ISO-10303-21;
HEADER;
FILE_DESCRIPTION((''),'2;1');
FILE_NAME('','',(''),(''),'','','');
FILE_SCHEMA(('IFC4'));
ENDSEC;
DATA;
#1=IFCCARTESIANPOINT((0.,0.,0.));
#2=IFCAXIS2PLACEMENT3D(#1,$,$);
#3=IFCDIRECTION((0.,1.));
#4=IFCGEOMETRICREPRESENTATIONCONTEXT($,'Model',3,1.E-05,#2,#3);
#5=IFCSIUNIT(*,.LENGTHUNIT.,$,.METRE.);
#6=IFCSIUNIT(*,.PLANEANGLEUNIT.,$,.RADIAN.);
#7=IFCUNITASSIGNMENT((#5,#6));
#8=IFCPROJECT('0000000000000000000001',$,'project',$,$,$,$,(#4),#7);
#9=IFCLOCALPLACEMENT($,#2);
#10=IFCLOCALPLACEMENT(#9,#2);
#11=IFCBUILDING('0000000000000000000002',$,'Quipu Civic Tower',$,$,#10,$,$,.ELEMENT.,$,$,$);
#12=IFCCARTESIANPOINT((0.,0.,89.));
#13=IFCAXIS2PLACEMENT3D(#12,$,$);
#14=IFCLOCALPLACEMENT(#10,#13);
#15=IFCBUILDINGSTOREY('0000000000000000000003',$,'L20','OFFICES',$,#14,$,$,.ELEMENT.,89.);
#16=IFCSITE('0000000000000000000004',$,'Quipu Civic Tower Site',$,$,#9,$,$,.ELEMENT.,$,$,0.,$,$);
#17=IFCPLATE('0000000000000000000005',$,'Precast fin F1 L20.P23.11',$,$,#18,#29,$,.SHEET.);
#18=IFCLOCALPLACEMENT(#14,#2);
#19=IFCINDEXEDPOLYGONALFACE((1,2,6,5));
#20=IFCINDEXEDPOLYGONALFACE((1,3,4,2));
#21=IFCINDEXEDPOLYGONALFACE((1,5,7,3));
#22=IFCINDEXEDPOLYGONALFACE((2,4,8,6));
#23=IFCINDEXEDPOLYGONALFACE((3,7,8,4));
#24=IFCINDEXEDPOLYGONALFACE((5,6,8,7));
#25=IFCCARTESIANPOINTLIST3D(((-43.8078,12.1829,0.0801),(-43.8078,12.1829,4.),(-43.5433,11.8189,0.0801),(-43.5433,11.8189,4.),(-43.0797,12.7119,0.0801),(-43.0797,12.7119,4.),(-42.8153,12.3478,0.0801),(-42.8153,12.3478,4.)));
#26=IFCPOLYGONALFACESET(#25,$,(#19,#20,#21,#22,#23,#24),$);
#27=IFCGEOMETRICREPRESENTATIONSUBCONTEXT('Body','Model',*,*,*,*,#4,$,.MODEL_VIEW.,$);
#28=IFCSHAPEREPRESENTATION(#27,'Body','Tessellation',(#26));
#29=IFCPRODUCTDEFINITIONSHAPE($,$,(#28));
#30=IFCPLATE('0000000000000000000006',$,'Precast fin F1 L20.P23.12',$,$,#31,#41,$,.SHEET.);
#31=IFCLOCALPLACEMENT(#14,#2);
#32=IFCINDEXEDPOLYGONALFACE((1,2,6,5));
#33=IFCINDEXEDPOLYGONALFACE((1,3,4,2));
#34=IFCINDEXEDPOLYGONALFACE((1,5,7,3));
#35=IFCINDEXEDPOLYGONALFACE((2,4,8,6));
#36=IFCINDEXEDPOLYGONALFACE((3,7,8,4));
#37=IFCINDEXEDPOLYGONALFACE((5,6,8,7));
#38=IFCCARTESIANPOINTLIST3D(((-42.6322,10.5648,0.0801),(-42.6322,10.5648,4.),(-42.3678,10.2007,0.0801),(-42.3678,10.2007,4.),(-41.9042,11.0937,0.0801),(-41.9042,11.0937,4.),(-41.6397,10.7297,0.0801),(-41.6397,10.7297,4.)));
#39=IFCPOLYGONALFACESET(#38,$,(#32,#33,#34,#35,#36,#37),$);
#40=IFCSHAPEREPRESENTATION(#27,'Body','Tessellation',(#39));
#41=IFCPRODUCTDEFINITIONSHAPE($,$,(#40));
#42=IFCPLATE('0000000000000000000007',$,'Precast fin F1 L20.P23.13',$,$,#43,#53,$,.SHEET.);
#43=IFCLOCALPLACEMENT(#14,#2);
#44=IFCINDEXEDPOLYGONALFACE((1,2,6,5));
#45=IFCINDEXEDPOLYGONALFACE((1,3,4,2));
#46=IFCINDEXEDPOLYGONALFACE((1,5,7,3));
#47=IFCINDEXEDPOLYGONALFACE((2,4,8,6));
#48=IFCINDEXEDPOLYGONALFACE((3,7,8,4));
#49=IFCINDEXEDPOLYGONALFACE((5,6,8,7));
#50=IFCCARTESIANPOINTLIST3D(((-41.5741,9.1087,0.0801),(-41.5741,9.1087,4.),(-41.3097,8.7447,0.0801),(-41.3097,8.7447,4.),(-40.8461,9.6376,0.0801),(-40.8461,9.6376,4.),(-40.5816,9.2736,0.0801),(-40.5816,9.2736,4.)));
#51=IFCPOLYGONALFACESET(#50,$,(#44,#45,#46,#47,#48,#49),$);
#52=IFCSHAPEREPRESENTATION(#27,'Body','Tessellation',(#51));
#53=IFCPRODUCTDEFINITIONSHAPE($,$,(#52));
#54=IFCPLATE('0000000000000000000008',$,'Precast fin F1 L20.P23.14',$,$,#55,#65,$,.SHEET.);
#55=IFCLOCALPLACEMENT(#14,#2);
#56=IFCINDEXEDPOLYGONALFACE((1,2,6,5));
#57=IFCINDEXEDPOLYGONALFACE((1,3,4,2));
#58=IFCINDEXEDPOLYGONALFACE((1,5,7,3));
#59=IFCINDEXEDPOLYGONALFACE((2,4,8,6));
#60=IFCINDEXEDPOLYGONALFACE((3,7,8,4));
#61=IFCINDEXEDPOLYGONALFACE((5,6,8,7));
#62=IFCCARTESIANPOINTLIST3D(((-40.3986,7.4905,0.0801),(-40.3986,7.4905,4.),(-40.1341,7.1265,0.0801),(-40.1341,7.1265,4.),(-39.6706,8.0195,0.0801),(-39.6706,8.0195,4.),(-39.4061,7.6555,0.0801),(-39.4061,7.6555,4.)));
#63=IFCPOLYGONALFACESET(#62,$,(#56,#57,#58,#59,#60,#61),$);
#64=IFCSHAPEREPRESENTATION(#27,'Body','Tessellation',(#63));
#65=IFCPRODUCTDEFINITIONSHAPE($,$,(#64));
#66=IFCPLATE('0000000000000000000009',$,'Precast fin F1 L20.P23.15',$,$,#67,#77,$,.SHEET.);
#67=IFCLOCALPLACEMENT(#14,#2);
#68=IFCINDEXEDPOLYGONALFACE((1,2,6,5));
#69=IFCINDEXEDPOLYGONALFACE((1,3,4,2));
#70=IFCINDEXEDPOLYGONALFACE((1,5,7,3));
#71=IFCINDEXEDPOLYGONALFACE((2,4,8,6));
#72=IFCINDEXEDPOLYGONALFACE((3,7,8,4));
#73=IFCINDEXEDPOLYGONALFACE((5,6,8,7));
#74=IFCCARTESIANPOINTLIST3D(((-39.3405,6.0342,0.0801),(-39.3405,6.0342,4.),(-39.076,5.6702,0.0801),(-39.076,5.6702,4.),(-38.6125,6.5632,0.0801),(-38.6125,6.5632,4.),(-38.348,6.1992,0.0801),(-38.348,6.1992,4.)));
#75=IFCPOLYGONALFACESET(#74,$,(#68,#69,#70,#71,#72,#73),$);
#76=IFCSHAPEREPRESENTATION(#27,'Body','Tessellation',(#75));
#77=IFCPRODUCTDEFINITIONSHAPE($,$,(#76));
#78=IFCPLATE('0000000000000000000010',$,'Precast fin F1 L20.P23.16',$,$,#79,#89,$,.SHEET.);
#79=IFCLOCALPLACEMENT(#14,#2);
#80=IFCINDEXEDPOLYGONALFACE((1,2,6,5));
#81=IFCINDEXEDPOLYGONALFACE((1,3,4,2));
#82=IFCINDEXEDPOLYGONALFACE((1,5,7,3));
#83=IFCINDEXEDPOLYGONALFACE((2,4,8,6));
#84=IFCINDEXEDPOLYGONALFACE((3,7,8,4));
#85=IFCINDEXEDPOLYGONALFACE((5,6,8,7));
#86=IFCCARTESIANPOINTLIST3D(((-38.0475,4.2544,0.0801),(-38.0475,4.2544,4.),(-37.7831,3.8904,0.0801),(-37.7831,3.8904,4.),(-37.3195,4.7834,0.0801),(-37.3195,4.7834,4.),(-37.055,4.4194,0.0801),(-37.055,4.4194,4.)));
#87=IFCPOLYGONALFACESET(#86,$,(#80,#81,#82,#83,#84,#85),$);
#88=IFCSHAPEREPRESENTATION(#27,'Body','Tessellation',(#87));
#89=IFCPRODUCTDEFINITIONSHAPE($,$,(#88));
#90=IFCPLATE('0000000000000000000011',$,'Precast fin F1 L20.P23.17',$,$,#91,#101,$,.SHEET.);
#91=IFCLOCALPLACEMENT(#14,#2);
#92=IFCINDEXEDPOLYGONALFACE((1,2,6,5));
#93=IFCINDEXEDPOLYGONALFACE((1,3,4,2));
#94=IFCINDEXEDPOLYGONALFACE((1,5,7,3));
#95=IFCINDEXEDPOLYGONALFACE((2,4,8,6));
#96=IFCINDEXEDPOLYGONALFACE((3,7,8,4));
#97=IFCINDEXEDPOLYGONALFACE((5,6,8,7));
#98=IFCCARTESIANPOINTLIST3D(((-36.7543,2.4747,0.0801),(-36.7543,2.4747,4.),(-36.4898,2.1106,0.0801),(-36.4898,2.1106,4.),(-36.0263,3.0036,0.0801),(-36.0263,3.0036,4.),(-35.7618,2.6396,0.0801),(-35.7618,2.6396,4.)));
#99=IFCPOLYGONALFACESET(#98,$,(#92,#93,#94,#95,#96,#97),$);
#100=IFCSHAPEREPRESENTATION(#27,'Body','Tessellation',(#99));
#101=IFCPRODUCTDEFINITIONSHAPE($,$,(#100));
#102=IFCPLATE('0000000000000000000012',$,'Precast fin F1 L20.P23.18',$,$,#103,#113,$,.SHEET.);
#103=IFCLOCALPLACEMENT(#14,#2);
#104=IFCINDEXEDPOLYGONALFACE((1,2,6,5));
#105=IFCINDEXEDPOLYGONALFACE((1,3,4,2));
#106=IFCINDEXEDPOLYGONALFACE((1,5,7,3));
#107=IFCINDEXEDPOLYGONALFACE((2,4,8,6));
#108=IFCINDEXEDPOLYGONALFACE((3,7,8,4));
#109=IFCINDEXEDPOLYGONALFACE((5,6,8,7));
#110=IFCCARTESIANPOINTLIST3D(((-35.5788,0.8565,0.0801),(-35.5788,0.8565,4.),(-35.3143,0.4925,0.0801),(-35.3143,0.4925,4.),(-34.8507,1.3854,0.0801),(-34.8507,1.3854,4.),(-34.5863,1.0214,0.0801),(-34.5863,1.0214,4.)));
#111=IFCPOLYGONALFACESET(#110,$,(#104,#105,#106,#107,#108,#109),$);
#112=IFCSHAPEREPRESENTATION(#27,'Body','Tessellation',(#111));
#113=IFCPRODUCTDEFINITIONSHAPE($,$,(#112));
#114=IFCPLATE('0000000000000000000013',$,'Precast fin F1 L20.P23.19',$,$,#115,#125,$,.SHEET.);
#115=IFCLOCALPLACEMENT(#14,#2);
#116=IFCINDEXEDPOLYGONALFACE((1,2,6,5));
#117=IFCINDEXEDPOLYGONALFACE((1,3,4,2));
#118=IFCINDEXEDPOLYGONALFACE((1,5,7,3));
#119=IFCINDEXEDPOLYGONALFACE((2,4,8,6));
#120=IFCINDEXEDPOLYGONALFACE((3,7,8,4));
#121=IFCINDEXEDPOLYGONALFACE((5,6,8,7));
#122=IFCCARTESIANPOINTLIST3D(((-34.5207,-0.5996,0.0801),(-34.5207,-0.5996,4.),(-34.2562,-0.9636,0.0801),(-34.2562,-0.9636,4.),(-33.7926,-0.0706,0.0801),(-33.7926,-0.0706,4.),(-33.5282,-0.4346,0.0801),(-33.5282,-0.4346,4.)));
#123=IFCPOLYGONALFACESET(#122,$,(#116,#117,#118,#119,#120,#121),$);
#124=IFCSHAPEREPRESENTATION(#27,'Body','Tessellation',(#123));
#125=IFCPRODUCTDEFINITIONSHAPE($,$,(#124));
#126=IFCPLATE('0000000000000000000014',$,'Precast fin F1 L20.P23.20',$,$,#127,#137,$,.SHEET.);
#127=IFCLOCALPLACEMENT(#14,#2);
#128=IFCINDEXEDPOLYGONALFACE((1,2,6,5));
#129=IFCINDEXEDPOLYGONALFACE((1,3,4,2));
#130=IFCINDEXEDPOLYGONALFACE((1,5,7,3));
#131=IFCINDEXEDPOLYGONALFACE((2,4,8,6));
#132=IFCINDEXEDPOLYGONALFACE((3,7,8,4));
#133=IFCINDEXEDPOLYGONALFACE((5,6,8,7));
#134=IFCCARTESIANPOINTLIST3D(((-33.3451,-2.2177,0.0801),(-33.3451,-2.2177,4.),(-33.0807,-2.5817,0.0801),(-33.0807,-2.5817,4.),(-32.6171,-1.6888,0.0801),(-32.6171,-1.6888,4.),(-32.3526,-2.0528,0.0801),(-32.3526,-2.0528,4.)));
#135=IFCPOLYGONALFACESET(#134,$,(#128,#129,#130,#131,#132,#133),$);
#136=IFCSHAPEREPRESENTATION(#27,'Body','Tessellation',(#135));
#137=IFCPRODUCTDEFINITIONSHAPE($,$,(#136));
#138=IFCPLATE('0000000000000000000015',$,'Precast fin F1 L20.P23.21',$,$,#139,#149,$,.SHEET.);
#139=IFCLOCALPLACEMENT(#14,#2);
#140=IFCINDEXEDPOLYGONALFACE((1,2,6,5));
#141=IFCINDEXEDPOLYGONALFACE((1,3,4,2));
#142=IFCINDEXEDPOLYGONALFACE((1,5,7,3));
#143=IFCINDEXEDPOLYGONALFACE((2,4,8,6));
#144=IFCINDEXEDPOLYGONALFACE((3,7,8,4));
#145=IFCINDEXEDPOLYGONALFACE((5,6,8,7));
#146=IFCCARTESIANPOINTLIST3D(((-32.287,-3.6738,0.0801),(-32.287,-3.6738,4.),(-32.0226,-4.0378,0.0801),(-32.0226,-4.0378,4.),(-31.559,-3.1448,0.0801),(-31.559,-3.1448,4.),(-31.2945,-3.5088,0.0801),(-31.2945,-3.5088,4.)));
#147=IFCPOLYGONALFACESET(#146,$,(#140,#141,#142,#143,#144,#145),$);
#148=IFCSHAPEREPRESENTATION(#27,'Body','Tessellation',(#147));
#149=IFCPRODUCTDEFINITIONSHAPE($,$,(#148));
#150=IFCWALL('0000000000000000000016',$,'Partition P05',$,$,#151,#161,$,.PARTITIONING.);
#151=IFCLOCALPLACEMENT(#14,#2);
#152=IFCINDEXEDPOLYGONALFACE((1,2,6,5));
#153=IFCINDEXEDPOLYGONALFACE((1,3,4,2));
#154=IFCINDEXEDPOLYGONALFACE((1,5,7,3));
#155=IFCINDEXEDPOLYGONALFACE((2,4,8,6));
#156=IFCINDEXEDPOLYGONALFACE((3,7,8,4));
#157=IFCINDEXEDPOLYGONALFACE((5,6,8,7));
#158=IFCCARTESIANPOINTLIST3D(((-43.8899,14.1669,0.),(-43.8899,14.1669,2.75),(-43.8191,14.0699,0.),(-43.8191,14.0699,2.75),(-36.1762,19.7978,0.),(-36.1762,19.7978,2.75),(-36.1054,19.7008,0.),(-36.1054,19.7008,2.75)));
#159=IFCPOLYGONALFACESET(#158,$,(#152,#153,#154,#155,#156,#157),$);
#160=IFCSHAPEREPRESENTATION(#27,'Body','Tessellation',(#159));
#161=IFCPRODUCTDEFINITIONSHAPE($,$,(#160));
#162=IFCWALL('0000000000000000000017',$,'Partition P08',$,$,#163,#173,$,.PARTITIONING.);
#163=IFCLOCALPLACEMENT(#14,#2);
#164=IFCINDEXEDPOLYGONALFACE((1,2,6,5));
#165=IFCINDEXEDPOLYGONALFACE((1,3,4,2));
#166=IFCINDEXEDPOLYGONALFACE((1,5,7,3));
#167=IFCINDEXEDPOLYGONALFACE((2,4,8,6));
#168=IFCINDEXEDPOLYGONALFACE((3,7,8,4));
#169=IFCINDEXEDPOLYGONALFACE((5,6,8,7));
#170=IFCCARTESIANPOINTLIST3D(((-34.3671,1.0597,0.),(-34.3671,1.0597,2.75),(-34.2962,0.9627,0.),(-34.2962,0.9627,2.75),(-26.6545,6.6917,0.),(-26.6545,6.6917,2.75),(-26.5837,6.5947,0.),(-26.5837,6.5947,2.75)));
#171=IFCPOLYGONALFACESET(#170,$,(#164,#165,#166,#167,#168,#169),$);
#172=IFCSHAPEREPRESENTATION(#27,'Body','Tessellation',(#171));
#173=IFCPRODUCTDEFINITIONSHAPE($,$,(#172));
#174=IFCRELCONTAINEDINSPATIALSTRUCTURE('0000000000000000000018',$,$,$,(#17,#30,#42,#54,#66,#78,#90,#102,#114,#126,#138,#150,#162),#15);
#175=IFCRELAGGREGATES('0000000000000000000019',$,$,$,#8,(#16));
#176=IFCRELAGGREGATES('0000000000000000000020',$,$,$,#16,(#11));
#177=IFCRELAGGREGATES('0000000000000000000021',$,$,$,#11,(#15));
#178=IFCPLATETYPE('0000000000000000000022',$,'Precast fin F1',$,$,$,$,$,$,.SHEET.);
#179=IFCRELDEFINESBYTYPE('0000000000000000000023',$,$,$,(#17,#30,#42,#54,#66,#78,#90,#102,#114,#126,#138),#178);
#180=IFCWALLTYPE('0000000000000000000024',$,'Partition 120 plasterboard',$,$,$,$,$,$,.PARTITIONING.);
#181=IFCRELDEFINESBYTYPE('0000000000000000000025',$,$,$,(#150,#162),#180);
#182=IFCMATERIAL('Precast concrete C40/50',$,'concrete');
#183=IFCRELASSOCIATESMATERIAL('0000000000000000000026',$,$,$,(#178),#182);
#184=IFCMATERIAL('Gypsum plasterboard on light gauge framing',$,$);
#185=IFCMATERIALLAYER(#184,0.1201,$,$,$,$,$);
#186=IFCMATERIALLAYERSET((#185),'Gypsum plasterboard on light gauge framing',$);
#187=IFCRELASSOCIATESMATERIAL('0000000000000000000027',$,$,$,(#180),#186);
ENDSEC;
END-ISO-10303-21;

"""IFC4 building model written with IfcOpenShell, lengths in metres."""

from ifc_helpers import new_model, si_unit, direction, frame, frame_2d, origin, origin_2d, place, context, subcontext, project, spatial, rectangle, extrude, material, layer, layer_set, type_object, element, save


model = new_model("IFC4")

# Units and contexts
model_context = context("Model", 3, precision=1e-05, world=origin(), true_north=direction((0.0, 1.0)))
body_context = subcontext(model_context, "Body", "Model", "MODEL_VIEW")
ifc_project = project(units=[si_unit("LENGTHUNIT", "METRE"), si_unit("PLANEANGLEUNIT", "RADIAN")], contexts=[model_context])

# Site, building, storey
site_placement = place(None, origin())
site = spatial("IfcSite", under=ifc_project, at=site_placement, Name="Quipu Civic Tower Site", CompositionType="ELEMENT", RefElevation=0.0)
building_placement = place(site_placement, origin())
building = spatial("IfcBuilding", under=site, at=building_placement, Name="Quipu Civic Tower", CompositionType="ELEMENT")
storey_placement = place(building_placement, frame((0.0, 0.0, 89.0)))
storey = spatial("IfcBuildingStorey", under=building, at=storey_placement, Name="L20", Description="OFFICES", CompositionType="ELEMENT", Elevation=89.0)

# Plates
ifc_material_1 = material(Name="Precast concrete C40/50", Category="concrete")
plate_type_1 = type_object("IfcPlateType", Name="Precast fin F1", PredefinedType="SHEET", material=ifc_material_1)
for number, where, z_axis, x_axis, name in (
    (1, (-43.3115, 12.2654, 0.0801), (0.0, 0.0, 1.0), (0.587786, -0.809017, 0.0), "Precast fin F1 L20.P23.11"),
    (2, (-42.136, 10.6472, 0.0801), (0.0, 0.0, 1.0), (0.587786, -0.809017, 0.0), "Precast fin F1 L20.P23.12"),
    (3, (-41.0779, 9.1912, 0.0801), (0.0, 0.0, 1.0), (0.587786, -0.809017, 0.0), "Precast fin F1 L20.P23.13"),
    (4, (-39.9023, 7.573, 0.0801), (0.0, 0.0, 1.0), (0.587786, -0.809017, 0.0), "Precast fin F1 L20.P23.14"),
    (5, (-38.8442, 6.1167, 0.0801), (0.0, 0.0, 1.0), (0.587786, -0.809017, 0.0), "Precast fin F1 L20.P23.15"),
    (6, (-37.5513, 4.3369, 0.0801), (0.0, 0.0, 1.0), (0.587786, -0.809017, 0.0), "Precast fin F1 L20.P23.16"),
    (7, (-36.2581, 2.5571, 0.0801), (0.0, 0.0, 1.0), (0.587786, -0.809017, 0.0), "Precast fin F1 L20.P23.17"),
    (8, (-35.0825, 0.939, 0.0801), (0.0, 0.0, 1.0), (0.587786, -0.809017, 0.0), "Precast fin F1 L20.P23.18"),
    (9, (-34.0244, -0.5171, 0.0801), (0.0, 0.0, 1.0), (0.587786, -0.809017, 0.0), "Precast fin F1 L20.P23.19"),
    (10, (-32.8489, -2.1353, 0.0801), (0.0, 0.0, 1.0), (0.587786, -0.809017, 0.0), "Precast fin F1 L20.P23.20"),
    (11, (-31.7908, -3.5913, 0.0801), (0.0, 0.0, 1.0), (0.587786, -0.809017, 0.0), "Precast fin F1 L20.P23.21"),
):
    element("IfcPlate", number, at=place(storey_placement, frame(where, z_axis=z_axis, x_axis=x_axis)), inside=storey, type_object=plate_type_1, Name=name, PredefinedType="SHEET", context=body_context, shape_type="SweptSolid", body=[
        extrude(rectangle(XDim=0.45, YDim=0.8999, at=origin_2d()), origin(), (0.0, 0.0, 1.0), 3.9199),
    ])

# Walls
ifc_material_2 = material(Name="Gypsum plasterboard on light gauge framing")
ifc_layer_1 = layer(ifc_material_2, 0.1201)
ifc_layer_set_1 = layer_set([ifc_layer_1], Name="Gypsum plasterboard on light gauge framing")
wall_type = type_object("IfcWallType", Name="Partition 120 plasterboard", PredefinedType="PARTITIONING", material=ifc_layer_set_1)
wall_1_placement = place(storey_placement, frame((-43.8545, 14.1184, 0.0), z_axis=(0.0, 0.0, 1.0), x_axis=(0.807691, 0.589606, 0.0)))
element("IfcWall", 12, at=wall_1_placement, inside=storey, type_object=wall_type, Name="Partition P05", PredefinedType="PARTITIONING", context=body_context, shape_type="SweptSolid", body=[
    extrude(rectangle(XDim=9.5503, YDim=0.1201, at=frame_2d((4.7751, 0.0))), origin(), (0.0, 0.0, 1.0), 2.75),
])
wall_2_placement = place(storey_placement, frame((-34.3315, 1.0112, 0.0), z_axis=(0.0, 0.0, 1.0), x_axis=(0.807595, 0.589738, 0.0)))
element("IfcWall", 13, at=wall_2_placement, inside=storey, type_object=wall_type, Name="Partition P08", PredefinedType="PARTITIONING", context=body_context, shape_type="SweptSolid", body=[
    extrude(rectangle(XDim=9.55, YDim=0.1201, at=frame_2d((4.7749, 0.0))), origin(), (0.0, 0.0, 1.0), 2.75),
])

save(model, "model.ifc")
